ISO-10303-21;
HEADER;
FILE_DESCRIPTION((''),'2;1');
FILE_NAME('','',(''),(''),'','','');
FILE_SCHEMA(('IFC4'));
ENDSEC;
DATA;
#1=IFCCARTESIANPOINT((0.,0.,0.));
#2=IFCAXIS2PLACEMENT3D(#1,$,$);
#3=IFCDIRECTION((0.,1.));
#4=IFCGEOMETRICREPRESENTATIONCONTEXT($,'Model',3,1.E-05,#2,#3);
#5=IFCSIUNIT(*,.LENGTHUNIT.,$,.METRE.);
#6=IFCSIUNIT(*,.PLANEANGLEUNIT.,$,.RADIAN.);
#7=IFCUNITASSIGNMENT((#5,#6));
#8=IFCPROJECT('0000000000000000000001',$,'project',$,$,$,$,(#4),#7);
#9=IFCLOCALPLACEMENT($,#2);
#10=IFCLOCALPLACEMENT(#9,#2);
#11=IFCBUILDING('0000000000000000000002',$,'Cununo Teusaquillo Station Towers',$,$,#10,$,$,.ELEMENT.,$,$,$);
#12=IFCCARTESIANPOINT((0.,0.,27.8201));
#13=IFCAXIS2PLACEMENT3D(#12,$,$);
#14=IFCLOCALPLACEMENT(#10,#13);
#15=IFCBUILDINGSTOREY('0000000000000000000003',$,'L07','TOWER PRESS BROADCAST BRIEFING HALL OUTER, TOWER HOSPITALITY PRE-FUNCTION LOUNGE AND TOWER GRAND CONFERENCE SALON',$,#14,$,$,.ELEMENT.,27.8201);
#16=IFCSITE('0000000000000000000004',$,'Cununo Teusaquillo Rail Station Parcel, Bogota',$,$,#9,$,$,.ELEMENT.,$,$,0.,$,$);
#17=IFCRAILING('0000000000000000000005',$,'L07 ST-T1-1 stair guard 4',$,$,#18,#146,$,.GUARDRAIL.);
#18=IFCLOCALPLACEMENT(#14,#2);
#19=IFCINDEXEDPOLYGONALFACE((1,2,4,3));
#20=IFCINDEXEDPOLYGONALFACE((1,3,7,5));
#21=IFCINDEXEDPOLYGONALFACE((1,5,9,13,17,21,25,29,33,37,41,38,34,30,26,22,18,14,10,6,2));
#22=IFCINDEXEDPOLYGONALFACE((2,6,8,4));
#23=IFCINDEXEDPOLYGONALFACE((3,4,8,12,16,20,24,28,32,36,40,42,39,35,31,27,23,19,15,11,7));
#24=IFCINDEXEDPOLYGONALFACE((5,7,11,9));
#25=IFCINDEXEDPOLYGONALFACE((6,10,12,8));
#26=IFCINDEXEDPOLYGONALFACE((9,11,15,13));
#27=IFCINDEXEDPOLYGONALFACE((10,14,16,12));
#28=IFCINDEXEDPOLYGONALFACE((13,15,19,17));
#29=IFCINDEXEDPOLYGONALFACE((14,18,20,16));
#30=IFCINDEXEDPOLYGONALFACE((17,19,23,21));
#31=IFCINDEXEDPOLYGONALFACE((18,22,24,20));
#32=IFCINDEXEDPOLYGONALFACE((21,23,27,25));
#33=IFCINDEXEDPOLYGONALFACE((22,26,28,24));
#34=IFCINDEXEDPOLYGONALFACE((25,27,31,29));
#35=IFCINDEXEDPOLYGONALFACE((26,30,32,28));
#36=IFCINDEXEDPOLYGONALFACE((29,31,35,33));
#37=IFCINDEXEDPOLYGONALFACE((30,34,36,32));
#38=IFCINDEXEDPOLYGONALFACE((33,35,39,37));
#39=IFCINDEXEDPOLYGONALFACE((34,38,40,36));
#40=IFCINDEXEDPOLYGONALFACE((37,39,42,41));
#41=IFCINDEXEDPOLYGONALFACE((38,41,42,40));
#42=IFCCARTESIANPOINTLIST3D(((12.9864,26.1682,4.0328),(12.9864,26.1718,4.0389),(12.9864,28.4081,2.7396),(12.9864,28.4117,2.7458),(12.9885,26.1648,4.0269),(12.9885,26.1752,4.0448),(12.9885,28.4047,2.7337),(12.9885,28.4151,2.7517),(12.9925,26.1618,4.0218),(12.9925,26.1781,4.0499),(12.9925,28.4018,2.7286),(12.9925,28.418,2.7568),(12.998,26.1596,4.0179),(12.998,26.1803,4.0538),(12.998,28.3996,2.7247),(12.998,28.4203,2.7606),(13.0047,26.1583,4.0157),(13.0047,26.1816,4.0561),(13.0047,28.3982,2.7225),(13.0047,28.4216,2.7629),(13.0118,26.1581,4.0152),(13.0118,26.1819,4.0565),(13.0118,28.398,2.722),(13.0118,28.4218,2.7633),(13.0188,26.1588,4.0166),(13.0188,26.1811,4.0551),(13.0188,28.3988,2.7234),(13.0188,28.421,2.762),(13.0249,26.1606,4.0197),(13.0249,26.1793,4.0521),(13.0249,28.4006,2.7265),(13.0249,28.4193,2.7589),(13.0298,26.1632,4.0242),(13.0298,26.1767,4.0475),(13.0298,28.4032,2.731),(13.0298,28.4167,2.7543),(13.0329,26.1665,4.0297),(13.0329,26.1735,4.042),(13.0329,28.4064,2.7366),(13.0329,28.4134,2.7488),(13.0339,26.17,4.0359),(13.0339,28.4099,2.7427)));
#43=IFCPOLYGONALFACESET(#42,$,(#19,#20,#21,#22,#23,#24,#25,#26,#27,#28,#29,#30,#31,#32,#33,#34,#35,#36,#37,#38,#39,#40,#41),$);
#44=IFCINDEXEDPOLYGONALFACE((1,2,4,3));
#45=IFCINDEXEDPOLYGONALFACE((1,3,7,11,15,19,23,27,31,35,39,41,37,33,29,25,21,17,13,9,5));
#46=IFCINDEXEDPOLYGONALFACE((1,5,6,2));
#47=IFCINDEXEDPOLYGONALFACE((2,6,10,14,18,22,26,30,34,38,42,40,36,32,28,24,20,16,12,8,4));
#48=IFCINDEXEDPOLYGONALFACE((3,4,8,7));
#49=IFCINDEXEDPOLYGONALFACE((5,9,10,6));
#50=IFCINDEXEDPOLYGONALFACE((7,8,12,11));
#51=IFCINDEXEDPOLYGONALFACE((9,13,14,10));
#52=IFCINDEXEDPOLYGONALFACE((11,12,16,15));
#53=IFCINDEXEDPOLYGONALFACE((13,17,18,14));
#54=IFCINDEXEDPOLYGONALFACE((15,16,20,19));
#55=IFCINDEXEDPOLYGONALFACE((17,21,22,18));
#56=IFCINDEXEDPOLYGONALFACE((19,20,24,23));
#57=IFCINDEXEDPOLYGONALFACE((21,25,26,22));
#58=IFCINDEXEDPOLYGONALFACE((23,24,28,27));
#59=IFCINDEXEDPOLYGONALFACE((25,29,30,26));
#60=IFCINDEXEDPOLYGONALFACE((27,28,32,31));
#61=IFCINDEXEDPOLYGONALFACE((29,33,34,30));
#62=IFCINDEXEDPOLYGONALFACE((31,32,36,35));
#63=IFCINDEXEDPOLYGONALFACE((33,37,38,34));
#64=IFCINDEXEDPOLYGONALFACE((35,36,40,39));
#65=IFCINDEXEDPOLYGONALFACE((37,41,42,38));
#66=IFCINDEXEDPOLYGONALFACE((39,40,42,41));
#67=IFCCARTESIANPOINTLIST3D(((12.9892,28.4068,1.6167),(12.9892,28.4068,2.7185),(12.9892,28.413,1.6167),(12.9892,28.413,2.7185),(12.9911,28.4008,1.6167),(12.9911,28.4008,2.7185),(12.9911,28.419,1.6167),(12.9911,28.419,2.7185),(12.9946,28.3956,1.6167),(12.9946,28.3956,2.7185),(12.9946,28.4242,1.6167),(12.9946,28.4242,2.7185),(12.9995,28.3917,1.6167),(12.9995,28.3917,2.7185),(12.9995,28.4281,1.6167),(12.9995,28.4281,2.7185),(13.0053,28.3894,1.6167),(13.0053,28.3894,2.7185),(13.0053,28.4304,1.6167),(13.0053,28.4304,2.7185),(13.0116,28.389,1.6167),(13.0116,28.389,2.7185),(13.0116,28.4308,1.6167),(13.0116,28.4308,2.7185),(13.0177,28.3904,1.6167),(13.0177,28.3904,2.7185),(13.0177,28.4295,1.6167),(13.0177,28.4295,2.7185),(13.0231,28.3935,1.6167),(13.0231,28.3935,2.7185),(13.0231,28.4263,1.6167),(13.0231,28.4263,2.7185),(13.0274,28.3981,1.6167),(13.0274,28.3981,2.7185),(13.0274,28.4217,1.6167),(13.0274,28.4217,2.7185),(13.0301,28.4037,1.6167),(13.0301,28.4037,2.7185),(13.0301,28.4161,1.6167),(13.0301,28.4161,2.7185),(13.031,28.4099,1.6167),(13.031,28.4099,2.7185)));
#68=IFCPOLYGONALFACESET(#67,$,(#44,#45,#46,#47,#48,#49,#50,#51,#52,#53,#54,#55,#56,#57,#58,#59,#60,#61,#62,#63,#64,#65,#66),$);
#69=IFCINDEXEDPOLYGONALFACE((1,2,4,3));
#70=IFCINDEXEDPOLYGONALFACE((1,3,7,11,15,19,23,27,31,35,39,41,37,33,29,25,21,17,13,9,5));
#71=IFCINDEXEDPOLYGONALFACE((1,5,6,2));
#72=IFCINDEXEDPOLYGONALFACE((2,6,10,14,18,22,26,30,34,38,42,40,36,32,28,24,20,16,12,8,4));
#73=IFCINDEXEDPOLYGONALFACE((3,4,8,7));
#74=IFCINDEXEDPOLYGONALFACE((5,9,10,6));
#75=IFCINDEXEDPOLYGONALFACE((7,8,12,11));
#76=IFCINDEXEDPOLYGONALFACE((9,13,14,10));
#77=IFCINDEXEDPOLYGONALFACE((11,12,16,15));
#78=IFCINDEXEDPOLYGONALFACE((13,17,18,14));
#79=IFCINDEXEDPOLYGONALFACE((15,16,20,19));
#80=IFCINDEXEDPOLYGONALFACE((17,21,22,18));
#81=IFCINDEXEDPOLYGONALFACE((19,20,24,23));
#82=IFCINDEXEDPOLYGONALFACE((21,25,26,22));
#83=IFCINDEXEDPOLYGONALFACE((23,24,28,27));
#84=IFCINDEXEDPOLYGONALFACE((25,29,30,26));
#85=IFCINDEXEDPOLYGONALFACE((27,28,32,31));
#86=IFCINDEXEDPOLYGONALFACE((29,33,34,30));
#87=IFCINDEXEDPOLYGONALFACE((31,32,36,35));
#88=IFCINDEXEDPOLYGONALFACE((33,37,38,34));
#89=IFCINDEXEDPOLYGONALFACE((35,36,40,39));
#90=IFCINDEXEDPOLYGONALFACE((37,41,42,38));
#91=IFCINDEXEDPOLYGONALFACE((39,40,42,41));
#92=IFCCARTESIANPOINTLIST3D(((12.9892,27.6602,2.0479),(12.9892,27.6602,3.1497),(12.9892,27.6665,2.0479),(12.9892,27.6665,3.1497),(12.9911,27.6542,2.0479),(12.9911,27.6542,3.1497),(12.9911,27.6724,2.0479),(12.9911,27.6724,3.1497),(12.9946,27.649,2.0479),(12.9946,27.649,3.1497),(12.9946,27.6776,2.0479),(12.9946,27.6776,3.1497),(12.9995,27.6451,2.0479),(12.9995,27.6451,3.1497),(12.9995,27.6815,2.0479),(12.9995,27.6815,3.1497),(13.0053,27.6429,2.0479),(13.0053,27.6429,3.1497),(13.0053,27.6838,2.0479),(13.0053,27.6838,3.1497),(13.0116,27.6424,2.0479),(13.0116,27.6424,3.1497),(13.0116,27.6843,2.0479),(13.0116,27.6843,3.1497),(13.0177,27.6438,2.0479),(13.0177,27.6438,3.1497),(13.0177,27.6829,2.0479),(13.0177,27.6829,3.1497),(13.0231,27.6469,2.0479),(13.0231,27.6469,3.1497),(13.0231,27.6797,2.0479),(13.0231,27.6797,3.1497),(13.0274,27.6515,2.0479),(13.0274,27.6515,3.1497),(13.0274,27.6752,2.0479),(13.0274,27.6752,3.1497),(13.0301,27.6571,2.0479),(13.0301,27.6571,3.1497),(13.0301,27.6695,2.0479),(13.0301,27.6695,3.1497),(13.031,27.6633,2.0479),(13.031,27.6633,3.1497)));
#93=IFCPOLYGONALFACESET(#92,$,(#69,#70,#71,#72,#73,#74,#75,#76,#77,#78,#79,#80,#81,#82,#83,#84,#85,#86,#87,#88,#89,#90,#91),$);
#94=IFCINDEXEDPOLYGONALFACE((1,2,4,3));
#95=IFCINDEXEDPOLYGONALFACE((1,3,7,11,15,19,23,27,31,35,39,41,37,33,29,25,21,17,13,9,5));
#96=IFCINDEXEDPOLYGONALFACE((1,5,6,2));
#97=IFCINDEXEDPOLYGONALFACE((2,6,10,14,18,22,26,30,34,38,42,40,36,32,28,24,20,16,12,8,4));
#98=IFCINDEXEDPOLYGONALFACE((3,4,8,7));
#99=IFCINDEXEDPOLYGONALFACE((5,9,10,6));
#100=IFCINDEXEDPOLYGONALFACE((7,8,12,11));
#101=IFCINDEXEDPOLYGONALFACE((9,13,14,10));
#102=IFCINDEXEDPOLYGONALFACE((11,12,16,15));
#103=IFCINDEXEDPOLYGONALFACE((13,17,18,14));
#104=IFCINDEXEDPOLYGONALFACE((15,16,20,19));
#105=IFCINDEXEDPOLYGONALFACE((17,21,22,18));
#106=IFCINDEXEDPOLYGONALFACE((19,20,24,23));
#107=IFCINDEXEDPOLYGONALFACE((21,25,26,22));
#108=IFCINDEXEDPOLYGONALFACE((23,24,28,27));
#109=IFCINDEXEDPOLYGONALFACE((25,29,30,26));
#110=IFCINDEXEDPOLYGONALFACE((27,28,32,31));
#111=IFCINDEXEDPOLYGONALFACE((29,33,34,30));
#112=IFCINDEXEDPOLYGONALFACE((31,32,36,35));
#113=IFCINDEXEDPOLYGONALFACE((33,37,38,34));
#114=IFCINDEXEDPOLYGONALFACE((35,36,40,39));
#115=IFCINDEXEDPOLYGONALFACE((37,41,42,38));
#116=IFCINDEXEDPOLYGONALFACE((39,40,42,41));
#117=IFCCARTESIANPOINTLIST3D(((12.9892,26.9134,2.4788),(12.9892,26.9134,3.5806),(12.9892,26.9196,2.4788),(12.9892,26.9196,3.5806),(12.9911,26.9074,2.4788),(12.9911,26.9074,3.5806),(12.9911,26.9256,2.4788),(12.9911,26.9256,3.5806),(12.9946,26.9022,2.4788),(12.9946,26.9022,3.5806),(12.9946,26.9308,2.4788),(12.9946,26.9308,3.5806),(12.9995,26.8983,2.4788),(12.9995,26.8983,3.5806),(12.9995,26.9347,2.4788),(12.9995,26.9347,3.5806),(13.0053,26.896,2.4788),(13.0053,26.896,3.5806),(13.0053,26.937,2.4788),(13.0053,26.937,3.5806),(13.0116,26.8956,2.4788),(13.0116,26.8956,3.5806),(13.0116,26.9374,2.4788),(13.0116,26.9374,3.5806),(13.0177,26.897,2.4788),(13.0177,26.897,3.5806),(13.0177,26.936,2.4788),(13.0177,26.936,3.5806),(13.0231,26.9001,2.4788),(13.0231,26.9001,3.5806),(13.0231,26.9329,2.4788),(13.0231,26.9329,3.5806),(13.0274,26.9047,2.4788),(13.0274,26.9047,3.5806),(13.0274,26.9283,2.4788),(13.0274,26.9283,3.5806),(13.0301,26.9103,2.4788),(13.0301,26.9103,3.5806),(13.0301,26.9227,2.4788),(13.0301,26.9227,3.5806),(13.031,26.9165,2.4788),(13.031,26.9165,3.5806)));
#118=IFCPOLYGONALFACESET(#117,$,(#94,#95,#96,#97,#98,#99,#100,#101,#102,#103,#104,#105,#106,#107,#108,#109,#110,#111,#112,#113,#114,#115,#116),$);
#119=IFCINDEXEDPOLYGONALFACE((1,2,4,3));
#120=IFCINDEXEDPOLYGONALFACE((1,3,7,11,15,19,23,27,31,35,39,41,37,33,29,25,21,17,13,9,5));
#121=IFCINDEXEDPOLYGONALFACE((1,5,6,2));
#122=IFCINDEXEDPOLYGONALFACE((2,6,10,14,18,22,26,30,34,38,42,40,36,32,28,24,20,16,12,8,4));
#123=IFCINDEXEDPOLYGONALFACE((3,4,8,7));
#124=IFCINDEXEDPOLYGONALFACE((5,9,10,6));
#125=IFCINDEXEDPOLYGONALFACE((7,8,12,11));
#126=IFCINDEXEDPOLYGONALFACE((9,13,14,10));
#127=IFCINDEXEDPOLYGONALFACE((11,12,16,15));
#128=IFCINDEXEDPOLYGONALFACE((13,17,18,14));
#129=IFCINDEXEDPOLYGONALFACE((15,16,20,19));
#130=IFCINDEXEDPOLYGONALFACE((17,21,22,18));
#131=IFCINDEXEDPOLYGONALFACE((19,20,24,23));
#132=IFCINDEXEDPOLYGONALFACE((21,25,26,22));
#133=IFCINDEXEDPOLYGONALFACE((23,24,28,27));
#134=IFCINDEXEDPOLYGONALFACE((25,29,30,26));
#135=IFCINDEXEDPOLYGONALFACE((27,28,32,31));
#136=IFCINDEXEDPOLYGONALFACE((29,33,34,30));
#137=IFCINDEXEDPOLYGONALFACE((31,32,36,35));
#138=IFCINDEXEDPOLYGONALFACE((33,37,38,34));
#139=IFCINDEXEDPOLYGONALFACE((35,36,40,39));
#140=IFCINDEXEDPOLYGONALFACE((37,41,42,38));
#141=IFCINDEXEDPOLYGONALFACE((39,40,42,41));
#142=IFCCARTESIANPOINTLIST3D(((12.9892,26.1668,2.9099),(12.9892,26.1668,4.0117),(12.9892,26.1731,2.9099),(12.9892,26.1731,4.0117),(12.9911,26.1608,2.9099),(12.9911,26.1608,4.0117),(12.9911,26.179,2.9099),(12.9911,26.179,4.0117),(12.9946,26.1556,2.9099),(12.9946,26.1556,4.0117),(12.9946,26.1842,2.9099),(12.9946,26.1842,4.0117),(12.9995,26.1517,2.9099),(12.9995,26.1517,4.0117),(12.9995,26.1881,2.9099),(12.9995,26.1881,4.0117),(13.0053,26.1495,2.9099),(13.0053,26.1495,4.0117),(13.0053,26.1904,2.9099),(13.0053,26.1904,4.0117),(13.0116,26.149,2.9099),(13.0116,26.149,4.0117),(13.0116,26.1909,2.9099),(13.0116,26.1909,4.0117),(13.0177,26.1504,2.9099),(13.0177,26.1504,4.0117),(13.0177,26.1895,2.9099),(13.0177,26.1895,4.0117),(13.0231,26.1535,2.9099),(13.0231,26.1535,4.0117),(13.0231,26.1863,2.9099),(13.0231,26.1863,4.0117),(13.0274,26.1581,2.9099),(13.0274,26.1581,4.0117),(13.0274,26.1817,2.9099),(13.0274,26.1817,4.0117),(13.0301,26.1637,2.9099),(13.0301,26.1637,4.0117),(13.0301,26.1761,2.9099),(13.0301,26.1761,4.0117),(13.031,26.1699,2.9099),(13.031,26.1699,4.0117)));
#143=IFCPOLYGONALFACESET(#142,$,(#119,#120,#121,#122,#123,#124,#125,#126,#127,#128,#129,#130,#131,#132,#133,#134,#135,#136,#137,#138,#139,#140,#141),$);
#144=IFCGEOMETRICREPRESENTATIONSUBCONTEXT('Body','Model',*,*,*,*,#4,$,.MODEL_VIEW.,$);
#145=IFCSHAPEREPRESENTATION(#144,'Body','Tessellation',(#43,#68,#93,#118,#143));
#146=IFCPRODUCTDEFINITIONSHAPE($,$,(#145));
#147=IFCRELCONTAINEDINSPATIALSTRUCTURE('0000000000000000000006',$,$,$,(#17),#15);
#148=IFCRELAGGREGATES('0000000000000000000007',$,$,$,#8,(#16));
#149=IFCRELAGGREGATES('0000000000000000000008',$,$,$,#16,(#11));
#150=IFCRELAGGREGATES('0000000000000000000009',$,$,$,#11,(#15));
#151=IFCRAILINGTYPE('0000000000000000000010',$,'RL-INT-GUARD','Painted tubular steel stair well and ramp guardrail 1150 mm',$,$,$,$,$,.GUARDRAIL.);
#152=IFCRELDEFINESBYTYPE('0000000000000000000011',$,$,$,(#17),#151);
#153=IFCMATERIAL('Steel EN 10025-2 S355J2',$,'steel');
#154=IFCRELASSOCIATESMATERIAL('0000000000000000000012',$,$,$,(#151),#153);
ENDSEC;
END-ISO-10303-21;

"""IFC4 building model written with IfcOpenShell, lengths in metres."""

from ifc_helpers import new_model, si_unit, direction, frame, origin, origin_2d, place, context, subcontext, project, spatial, circle, extrude, material, type_object, element, save


model = new_model("IFC4")

# Units and contexts
model_context = context("Model", 3, precision=1e-05, world=origin(), true_north=direction((0.0, 1.0)))
body_context = subcontext(model_context, "Body", "Model", "MODEL_VIEW")
ifc_project = project(units=[si_unit("LENGTHUNIT", "METRE"), si_unit("PLANEANGLEUNIT", "RADIAN")], contexts=[model_context])

# Site, building, storey
site_placement = place(None, origin())
site = spatial("IfcSite", under=ifc_project, at=site_placement, Name="Cununo Teusaquillo Rail Station Parcel, Bogota", CompositionType="ELEMENT", RefElevation=0.0)
building_placement = place(site_placement, origin())
building = spatial("IfcBuilding", under=site, at=building_placement, Name="Cununo Teusaquillo Station Towers", CompositionType="ELEMENT")
storey_placement = place(building_placement, frame((0.0, 0.0, 27.8201)))
storey = spatial("IfcBuildingStorey", under=building, at=storey_placement, Name="L07", Description="TOWER PRESS BROADCAST BRIEFING HALL OUTER, TOWER HOSPITALITY PRE-FUNCTION LOUNGE AND TOWER GRAND CONFERENCE SALON", CompositionType="ELEMENT", Elevation=27.8201)

# Railing
ifc_material_1 = material(Name="Steel EN 10025-2 S355J2", Category="steel")
railing_type_1 = type_object("IfcRailingType", Name="RL-INT-GUARD", Description="Painted tubular steel stair well and ramp guardrail 1150 mm", PredefinedType="GUARDRAIL", material=ifc_material_1)
railing_1_placement = place(storey_placement, frame((13.01, 28.4099, 1.6167)))
element("IfcRailing", 1, at=railing_1_placement, inside=storey, type_object=railing_type_1, Name="L07 ST-T1-1 stair guard 4", PredefinedType="GUARDRAIL", context=body_context, shape_type="SweptSolid", body=[
    extrude(circle(Radius=0.0239, at=origin_2d()), frame((0.0, 0.0, 1.126), z_axis=(0.0, -0.866033, 0.499987), x_axis=(1.0, 0.0, 0.0)), (0.0, 0.0, 1.0), 2.5864),
    extrude(circle(Radius=0.021, at=origin_2d()), origin(), (0.0, 0.0, 1.0), 1.1018),
    extrude(circle(Radius=0.021, at=origin_2d()), frame((0.0, -0.7466, 0.4312)), (0.0, 0.0, 1.0), 1.1018),
    extrude(circle(Radius=0.021, at=origin_2d()), frame((0.0, -1.4934, 0.8621)), (0.0, 0.0, 1.0), 1.1018),
    extrude(circle(Radius=0.021, at=origin_2d()), frame((0.0, -2.24, 1.2932)), (0.0, 0.0, 1.0), 1.1018),
])

save(model, "model.ifc")
